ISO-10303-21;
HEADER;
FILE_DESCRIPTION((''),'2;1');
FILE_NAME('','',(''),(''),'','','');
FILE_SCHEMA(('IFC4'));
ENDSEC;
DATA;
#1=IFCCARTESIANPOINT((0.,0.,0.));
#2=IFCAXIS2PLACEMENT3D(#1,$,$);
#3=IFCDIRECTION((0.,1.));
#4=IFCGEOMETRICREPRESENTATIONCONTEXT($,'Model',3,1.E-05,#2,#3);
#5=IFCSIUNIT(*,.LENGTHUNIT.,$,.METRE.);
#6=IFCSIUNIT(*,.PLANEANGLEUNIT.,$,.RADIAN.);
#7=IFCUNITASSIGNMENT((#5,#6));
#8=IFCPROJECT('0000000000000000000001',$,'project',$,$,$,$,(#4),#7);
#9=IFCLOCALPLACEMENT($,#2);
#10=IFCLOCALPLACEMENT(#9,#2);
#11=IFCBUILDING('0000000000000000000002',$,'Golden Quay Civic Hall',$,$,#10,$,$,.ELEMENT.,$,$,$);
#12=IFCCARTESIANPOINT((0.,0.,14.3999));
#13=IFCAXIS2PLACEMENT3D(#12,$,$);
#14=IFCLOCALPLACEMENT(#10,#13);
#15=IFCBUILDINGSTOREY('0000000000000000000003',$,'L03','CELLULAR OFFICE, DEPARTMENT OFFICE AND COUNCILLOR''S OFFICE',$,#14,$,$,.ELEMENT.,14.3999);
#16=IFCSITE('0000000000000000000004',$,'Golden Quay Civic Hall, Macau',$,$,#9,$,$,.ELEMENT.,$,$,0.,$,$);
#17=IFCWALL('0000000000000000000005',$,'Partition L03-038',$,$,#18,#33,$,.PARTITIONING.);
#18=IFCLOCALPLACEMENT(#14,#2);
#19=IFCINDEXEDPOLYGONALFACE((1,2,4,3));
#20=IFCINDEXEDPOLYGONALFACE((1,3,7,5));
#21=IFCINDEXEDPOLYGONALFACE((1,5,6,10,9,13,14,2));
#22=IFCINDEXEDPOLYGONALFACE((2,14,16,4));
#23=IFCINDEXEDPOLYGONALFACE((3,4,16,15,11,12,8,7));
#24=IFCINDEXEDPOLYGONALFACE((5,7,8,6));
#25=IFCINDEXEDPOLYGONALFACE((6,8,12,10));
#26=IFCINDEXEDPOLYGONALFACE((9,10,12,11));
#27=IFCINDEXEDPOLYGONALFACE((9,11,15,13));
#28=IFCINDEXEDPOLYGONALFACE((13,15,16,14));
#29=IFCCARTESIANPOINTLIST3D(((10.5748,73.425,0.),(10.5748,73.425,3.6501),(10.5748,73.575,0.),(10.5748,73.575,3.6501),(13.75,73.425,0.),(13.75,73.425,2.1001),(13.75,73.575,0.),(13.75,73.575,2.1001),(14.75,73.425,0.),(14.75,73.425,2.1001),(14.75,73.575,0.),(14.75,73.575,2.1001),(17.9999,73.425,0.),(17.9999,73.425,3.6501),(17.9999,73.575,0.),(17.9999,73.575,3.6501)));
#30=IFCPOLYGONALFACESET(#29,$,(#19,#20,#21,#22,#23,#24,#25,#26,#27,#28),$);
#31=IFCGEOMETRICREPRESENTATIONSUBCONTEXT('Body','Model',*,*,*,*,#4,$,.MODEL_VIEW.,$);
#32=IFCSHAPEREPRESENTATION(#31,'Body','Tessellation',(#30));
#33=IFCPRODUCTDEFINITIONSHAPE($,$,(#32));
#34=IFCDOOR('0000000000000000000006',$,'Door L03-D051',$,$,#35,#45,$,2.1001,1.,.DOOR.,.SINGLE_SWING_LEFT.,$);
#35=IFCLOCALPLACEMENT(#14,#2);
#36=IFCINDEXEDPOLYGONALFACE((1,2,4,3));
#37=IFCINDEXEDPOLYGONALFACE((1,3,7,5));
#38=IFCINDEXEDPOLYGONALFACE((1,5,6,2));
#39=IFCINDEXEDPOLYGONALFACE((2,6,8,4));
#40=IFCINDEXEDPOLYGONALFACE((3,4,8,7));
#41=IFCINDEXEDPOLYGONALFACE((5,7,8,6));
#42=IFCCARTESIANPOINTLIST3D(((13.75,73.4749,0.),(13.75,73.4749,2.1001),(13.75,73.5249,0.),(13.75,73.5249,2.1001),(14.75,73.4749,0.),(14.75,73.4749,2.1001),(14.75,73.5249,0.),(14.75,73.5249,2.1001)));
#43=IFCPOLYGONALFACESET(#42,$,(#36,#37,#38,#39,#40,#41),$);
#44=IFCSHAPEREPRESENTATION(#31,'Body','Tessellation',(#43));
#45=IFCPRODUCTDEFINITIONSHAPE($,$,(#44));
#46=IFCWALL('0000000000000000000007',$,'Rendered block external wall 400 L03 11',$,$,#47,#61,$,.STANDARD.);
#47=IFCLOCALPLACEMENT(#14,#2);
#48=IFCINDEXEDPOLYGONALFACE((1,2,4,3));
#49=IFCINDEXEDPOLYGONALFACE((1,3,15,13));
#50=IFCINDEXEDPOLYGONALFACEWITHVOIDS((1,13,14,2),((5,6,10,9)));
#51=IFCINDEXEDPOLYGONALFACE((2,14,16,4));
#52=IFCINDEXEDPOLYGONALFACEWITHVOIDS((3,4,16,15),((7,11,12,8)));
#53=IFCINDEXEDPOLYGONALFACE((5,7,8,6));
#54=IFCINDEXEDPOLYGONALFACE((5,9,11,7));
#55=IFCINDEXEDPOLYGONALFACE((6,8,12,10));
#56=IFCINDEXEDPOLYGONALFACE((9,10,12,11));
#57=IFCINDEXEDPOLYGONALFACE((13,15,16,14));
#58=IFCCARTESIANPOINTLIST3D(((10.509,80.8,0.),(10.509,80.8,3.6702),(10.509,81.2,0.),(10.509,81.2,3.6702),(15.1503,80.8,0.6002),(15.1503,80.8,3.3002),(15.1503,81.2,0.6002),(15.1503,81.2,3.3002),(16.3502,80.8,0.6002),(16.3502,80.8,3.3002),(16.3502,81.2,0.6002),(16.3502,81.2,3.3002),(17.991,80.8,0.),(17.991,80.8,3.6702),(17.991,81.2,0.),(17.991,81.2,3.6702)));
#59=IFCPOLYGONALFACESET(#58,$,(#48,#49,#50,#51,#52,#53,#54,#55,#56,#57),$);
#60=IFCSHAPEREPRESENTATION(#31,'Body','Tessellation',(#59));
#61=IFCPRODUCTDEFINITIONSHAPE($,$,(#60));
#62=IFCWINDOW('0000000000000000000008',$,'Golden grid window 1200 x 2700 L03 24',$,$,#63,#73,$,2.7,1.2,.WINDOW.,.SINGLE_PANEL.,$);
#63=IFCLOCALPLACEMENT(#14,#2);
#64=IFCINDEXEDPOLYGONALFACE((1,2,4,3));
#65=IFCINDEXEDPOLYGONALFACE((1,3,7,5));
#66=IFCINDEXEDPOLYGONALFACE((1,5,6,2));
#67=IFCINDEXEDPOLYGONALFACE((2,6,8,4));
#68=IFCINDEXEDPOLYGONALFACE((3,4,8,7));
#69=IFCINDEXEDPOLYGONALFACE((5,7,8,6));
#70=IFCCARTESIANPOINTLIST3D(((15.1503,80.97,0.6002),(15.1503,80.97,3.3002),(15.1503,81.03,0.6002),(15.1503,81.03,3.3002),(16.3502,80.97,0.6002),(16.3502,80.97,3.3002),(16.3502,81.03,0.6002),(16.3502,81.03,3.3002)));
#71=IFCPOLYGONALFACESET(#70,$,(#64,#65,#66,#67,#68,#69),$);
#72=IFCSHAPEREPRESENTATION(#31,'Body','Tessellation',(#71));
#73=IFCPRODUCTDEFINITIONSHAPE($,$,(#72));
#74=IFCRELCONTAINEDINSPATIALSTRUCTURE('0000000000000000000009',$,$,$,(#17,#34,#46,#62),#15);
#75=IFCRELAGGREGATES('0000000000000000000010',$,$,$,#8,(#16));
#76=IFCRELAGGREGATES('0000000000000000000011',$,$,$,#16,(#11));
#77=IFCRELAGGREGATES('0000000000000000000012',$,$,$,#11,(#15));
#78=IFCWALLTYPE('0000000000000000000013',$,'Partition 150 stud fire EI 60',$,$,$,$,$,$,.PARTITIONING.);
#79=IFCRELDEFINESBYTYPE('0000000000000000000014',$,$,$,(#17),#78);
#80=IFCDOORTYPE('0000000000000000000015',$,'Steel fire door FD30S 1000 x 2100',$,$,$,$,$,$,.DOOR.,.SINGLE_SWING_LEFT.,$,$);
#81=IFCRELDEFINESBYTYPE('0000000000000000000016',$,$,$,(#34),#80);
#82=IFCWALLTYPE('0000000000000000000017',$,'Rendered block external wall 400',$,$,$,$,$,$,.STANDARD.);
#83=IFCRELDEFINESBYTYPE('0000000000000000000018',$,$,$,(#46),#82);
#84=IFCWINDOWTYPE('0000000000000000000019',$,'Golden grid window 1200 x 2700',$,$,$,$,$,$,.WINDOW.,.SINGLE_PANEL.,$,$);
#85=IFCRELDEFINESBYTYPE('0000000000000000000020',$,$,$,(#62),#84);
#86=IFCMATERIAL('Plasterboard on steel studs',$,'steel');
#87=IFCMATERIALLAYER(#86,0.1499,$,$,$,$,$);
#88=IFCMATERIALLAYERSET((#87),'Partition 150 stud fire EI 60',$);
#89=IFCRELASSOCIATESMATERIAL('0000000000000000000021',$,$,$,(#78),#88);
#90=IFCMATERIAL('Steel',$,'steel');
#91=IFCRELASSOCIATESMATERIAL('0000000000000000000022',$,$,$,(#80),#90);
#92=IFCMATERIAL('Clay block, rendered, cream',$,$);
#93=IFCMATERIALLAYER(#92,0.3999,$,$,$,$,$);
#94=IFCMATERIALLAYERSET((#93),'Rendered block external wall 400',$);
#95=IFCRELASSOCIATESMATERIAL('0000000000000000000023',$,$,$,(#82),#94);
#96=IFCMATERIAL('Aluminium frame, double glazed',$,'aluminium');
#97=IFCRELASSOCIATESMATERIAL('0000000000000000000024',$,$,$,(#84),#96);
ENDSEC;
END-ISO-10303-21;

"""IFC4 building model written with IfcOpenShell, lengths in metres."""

from ifc_helpers import new_model, si_unit, direction, frame, frame_2d, origin, place, context, subcontext, project, spatial, rectangle, extrude, material, layer, layer_set, type_object, element, fill, save


model = new_model("IFC4")

# Units and contexts
model_context = context("Model", 3, precision=1e-05, world=origin(), true_north=direction((0.0, 1.0)))
body_context = subcontext(model_context, "Body", "Model", "MODEL_VIEW")
ifc_project = project(units=[si_unit("LENGTHUNIT", "METRE"), si_unit("PLANEANGLEUNIT", "RADIAN")], contexts=[model_context])

# Site, building, storey
site_placement = place(None, origin())
site = spatial("IfcSite", under=ifc_project, at=site_placement, Name="Golden Quay Civic Hall, Macau", CompositionType="ELEMENT", RefElevation=0.0)
building_placement = place(site_placement, origin())
building = spatial("IfcBuilding", under=site, at=building_placement, Name="Golden Quay Civic Hall", CompositionType="ELEMENT")
storey_placement = place(building_placement, frame((0.0, 0.0, 14.3999)))
storey = spatial("IfcBuildingStorey", under=building, at=storey_placement, Name="L03", Description="CELLULAR OFFICE, DEPARTMENT OFFICE AND COUNCILLOR'S OFFICE", CompositionType="ELEMENT", Elevation=14.3999)

# Wall, opening, door
ifc_material_1 = material(Name="Plasterboard on steel studs", Category="steel")
ifc_layer_1 = layer(ifc_material_1, 0.1499)
ifc_layer_set_1 = layer_set([ifc_layer_1], Name="Partition 150 stud fire EI 60")
wall_type_1 = type_object("IfcWallType", Name="Partition 150 stud fire EI 60", PredefinedType="PARTITIONING", material=ifc_layer_set_1)
ifc_material_2 = material(Name="Steel", Category="steel")
door_type = type_object("IfcDoorType", Name="Steel fire door FD30S 1000 x 2100", OperationType="SINGLE_SWING_LEFT", PredefinedType="DOOR", material=ifc_material_2)
wall_1_placement = place(storey_placement, frame((10.575, 73.5, 0.0), z_axis=(0.0, 0.0, 1.0), x_axis=(1.0, 0.0, 0.0)))
wall_1 = element("IfcWall", 1, at=wall_1_placement, inside=storey, type_object=wall_type_1, Name="Partition L03-038", PredefinedType="PARTITIONING", context=body_context, shape_type="SweptSolid", body=[
    extrude(rectangle(XDim=7.425, YDim=0.1499, at=frame_2d((3.7124, 0.0))), origin(), (0.0, 0.0, 1.0), 3.6501),
])
opening_1_placement = place(wall_1_placement, frame((3.175, 0.0, 0.0)))
opening_1 = element("IfcOpeningElement", 2, at=opening_1_placement, cuts=wall_1, PredefinedType="OPENING", context=body_context, shape_type="SweptSolid", body=[
    extrude(rectangle(XDim=1.0, YDim=2.1001, at=frame_2d((0.5, 1.05))), frame((0.0, 0.085, 0.0), z_axis=(0.0, -1.0, 0.0), x_axis=(1.0, 0.0, 0.0)), (0.0, 0.0, 1.0), 0.1699),
])
door_1_placement = place(opening_1_placement, origin())
door_1 = element("IfcDoor", 3, at=door_1_placement, inside=storey, type_object=door_type, Name="Door L03-D051", OperationType="SINGLE_SWING_LEFT", OverallHeight=2.1001, OverallWidth=1.0, PredefinedType="DOOR", context=body_context, shape_type="SweptSolid", body=[
    extrude(rectangle(XDim=1.0, YDim=2.1001, at=frame_2d((0.5, 1.05))), frame((0.0, 0.0249, 0.0), z_axis=(0.0, -1.0, 0.0), x_axis=(1.0, 0.0, 0.0)), (0.0, 0.0, 1.0), 0.05),
])
fill(opening_1, door_1)

# Wall, opening, window
ifc_material_3 = material(Name="Clay block, rendered, cream")
ifc_layer_2 = layer(ifc_material_3, 0.3999)
ifc_layer_set_2 = layer_set([ifc_layer_2], Name="Rendered block external wall 400")
wall_type_2 = type_object("IfcWallType", Name="Rendered block external wall 400", PredefinedType="STANDARD", material=ifc_layer_set_2)
wall_2_placement = place(storey_placement, frame((10.509, 81.0, 0.0), z_axis=(0.0, 0.0, 1.0), x_axis=(1.0, 0.0, 0.0)))
wall_2 = element("IfcWall", 4, at=wall_2_placement, inside=storey, type_object=wall_type_2, Name="Rendered block external wall 400 L03 11", PredefinedType="STANDARD", context=body_context, shape_type="SweptSolid", body=[
    extrude(rectangle(XDim=7.4819, YDim=0.3999, at=frame_2d((3.741, 0.0))), origin(), (0.0, 0.0, 1.0), 3.6702),
])
opening_2_placement = place(wall_2_placement, frame((4.6411, 0.0, 0.6001)))
opening_2 = element("IfcOpeningElement", 5, at=opening_2_placement, cuts=wall_2, PredefinedType="OPENING", context=body_context, shape_type="SweptSolid", body=[
    extrude(rectangle(XDim=1.2, YDim=2.7, at=frame_2d((0.6001, 1.3501))), frame((0.0, 0.21, 0.0), z_axis=(0.0, -1.0, 0.0), x_axis=(1.0, 0.0, 0.0)), (0.0, 0.0, 1.0), 0.4199),
])
ifc_material_4 = material(Name="Aluminium frame, double glazed", Category="aluminium")
window_type = type_object("IfcWindowType", Name="Golden grid window 1200 x 2700", PartitioningType="SINGLE_PANEL", PredefinedType="WINDOW", material=ifc_material_4)
window_placement = place(opening_2_placement, origin())
window = element("IfcWindow", 6, at=window_placement, inside=storey, type_object=window_type, Name="Golden grid window 1200 x 2700 L03 24", OverallHeight=2.7, OverallWidth=1.2, PartitioningType="SINGLE_PANEL", PredefinedType="WINDOW", context=body_context, shape_type="SweptSolid", body=[
    extrude(rectangle(XDim=1.2, YDim=2.7, at=frame_2d((0.6001, 1.3501))), frame((0.0, 0.03, 0.0), z_axis=(0.0, -1.0, 0.0), x_axis=(1.0, 0.0, 0.0)), (0.0, 0.0, 1.0), 0.0601),
])
fill(opening_2, window)

save(model, "model.ifc")
